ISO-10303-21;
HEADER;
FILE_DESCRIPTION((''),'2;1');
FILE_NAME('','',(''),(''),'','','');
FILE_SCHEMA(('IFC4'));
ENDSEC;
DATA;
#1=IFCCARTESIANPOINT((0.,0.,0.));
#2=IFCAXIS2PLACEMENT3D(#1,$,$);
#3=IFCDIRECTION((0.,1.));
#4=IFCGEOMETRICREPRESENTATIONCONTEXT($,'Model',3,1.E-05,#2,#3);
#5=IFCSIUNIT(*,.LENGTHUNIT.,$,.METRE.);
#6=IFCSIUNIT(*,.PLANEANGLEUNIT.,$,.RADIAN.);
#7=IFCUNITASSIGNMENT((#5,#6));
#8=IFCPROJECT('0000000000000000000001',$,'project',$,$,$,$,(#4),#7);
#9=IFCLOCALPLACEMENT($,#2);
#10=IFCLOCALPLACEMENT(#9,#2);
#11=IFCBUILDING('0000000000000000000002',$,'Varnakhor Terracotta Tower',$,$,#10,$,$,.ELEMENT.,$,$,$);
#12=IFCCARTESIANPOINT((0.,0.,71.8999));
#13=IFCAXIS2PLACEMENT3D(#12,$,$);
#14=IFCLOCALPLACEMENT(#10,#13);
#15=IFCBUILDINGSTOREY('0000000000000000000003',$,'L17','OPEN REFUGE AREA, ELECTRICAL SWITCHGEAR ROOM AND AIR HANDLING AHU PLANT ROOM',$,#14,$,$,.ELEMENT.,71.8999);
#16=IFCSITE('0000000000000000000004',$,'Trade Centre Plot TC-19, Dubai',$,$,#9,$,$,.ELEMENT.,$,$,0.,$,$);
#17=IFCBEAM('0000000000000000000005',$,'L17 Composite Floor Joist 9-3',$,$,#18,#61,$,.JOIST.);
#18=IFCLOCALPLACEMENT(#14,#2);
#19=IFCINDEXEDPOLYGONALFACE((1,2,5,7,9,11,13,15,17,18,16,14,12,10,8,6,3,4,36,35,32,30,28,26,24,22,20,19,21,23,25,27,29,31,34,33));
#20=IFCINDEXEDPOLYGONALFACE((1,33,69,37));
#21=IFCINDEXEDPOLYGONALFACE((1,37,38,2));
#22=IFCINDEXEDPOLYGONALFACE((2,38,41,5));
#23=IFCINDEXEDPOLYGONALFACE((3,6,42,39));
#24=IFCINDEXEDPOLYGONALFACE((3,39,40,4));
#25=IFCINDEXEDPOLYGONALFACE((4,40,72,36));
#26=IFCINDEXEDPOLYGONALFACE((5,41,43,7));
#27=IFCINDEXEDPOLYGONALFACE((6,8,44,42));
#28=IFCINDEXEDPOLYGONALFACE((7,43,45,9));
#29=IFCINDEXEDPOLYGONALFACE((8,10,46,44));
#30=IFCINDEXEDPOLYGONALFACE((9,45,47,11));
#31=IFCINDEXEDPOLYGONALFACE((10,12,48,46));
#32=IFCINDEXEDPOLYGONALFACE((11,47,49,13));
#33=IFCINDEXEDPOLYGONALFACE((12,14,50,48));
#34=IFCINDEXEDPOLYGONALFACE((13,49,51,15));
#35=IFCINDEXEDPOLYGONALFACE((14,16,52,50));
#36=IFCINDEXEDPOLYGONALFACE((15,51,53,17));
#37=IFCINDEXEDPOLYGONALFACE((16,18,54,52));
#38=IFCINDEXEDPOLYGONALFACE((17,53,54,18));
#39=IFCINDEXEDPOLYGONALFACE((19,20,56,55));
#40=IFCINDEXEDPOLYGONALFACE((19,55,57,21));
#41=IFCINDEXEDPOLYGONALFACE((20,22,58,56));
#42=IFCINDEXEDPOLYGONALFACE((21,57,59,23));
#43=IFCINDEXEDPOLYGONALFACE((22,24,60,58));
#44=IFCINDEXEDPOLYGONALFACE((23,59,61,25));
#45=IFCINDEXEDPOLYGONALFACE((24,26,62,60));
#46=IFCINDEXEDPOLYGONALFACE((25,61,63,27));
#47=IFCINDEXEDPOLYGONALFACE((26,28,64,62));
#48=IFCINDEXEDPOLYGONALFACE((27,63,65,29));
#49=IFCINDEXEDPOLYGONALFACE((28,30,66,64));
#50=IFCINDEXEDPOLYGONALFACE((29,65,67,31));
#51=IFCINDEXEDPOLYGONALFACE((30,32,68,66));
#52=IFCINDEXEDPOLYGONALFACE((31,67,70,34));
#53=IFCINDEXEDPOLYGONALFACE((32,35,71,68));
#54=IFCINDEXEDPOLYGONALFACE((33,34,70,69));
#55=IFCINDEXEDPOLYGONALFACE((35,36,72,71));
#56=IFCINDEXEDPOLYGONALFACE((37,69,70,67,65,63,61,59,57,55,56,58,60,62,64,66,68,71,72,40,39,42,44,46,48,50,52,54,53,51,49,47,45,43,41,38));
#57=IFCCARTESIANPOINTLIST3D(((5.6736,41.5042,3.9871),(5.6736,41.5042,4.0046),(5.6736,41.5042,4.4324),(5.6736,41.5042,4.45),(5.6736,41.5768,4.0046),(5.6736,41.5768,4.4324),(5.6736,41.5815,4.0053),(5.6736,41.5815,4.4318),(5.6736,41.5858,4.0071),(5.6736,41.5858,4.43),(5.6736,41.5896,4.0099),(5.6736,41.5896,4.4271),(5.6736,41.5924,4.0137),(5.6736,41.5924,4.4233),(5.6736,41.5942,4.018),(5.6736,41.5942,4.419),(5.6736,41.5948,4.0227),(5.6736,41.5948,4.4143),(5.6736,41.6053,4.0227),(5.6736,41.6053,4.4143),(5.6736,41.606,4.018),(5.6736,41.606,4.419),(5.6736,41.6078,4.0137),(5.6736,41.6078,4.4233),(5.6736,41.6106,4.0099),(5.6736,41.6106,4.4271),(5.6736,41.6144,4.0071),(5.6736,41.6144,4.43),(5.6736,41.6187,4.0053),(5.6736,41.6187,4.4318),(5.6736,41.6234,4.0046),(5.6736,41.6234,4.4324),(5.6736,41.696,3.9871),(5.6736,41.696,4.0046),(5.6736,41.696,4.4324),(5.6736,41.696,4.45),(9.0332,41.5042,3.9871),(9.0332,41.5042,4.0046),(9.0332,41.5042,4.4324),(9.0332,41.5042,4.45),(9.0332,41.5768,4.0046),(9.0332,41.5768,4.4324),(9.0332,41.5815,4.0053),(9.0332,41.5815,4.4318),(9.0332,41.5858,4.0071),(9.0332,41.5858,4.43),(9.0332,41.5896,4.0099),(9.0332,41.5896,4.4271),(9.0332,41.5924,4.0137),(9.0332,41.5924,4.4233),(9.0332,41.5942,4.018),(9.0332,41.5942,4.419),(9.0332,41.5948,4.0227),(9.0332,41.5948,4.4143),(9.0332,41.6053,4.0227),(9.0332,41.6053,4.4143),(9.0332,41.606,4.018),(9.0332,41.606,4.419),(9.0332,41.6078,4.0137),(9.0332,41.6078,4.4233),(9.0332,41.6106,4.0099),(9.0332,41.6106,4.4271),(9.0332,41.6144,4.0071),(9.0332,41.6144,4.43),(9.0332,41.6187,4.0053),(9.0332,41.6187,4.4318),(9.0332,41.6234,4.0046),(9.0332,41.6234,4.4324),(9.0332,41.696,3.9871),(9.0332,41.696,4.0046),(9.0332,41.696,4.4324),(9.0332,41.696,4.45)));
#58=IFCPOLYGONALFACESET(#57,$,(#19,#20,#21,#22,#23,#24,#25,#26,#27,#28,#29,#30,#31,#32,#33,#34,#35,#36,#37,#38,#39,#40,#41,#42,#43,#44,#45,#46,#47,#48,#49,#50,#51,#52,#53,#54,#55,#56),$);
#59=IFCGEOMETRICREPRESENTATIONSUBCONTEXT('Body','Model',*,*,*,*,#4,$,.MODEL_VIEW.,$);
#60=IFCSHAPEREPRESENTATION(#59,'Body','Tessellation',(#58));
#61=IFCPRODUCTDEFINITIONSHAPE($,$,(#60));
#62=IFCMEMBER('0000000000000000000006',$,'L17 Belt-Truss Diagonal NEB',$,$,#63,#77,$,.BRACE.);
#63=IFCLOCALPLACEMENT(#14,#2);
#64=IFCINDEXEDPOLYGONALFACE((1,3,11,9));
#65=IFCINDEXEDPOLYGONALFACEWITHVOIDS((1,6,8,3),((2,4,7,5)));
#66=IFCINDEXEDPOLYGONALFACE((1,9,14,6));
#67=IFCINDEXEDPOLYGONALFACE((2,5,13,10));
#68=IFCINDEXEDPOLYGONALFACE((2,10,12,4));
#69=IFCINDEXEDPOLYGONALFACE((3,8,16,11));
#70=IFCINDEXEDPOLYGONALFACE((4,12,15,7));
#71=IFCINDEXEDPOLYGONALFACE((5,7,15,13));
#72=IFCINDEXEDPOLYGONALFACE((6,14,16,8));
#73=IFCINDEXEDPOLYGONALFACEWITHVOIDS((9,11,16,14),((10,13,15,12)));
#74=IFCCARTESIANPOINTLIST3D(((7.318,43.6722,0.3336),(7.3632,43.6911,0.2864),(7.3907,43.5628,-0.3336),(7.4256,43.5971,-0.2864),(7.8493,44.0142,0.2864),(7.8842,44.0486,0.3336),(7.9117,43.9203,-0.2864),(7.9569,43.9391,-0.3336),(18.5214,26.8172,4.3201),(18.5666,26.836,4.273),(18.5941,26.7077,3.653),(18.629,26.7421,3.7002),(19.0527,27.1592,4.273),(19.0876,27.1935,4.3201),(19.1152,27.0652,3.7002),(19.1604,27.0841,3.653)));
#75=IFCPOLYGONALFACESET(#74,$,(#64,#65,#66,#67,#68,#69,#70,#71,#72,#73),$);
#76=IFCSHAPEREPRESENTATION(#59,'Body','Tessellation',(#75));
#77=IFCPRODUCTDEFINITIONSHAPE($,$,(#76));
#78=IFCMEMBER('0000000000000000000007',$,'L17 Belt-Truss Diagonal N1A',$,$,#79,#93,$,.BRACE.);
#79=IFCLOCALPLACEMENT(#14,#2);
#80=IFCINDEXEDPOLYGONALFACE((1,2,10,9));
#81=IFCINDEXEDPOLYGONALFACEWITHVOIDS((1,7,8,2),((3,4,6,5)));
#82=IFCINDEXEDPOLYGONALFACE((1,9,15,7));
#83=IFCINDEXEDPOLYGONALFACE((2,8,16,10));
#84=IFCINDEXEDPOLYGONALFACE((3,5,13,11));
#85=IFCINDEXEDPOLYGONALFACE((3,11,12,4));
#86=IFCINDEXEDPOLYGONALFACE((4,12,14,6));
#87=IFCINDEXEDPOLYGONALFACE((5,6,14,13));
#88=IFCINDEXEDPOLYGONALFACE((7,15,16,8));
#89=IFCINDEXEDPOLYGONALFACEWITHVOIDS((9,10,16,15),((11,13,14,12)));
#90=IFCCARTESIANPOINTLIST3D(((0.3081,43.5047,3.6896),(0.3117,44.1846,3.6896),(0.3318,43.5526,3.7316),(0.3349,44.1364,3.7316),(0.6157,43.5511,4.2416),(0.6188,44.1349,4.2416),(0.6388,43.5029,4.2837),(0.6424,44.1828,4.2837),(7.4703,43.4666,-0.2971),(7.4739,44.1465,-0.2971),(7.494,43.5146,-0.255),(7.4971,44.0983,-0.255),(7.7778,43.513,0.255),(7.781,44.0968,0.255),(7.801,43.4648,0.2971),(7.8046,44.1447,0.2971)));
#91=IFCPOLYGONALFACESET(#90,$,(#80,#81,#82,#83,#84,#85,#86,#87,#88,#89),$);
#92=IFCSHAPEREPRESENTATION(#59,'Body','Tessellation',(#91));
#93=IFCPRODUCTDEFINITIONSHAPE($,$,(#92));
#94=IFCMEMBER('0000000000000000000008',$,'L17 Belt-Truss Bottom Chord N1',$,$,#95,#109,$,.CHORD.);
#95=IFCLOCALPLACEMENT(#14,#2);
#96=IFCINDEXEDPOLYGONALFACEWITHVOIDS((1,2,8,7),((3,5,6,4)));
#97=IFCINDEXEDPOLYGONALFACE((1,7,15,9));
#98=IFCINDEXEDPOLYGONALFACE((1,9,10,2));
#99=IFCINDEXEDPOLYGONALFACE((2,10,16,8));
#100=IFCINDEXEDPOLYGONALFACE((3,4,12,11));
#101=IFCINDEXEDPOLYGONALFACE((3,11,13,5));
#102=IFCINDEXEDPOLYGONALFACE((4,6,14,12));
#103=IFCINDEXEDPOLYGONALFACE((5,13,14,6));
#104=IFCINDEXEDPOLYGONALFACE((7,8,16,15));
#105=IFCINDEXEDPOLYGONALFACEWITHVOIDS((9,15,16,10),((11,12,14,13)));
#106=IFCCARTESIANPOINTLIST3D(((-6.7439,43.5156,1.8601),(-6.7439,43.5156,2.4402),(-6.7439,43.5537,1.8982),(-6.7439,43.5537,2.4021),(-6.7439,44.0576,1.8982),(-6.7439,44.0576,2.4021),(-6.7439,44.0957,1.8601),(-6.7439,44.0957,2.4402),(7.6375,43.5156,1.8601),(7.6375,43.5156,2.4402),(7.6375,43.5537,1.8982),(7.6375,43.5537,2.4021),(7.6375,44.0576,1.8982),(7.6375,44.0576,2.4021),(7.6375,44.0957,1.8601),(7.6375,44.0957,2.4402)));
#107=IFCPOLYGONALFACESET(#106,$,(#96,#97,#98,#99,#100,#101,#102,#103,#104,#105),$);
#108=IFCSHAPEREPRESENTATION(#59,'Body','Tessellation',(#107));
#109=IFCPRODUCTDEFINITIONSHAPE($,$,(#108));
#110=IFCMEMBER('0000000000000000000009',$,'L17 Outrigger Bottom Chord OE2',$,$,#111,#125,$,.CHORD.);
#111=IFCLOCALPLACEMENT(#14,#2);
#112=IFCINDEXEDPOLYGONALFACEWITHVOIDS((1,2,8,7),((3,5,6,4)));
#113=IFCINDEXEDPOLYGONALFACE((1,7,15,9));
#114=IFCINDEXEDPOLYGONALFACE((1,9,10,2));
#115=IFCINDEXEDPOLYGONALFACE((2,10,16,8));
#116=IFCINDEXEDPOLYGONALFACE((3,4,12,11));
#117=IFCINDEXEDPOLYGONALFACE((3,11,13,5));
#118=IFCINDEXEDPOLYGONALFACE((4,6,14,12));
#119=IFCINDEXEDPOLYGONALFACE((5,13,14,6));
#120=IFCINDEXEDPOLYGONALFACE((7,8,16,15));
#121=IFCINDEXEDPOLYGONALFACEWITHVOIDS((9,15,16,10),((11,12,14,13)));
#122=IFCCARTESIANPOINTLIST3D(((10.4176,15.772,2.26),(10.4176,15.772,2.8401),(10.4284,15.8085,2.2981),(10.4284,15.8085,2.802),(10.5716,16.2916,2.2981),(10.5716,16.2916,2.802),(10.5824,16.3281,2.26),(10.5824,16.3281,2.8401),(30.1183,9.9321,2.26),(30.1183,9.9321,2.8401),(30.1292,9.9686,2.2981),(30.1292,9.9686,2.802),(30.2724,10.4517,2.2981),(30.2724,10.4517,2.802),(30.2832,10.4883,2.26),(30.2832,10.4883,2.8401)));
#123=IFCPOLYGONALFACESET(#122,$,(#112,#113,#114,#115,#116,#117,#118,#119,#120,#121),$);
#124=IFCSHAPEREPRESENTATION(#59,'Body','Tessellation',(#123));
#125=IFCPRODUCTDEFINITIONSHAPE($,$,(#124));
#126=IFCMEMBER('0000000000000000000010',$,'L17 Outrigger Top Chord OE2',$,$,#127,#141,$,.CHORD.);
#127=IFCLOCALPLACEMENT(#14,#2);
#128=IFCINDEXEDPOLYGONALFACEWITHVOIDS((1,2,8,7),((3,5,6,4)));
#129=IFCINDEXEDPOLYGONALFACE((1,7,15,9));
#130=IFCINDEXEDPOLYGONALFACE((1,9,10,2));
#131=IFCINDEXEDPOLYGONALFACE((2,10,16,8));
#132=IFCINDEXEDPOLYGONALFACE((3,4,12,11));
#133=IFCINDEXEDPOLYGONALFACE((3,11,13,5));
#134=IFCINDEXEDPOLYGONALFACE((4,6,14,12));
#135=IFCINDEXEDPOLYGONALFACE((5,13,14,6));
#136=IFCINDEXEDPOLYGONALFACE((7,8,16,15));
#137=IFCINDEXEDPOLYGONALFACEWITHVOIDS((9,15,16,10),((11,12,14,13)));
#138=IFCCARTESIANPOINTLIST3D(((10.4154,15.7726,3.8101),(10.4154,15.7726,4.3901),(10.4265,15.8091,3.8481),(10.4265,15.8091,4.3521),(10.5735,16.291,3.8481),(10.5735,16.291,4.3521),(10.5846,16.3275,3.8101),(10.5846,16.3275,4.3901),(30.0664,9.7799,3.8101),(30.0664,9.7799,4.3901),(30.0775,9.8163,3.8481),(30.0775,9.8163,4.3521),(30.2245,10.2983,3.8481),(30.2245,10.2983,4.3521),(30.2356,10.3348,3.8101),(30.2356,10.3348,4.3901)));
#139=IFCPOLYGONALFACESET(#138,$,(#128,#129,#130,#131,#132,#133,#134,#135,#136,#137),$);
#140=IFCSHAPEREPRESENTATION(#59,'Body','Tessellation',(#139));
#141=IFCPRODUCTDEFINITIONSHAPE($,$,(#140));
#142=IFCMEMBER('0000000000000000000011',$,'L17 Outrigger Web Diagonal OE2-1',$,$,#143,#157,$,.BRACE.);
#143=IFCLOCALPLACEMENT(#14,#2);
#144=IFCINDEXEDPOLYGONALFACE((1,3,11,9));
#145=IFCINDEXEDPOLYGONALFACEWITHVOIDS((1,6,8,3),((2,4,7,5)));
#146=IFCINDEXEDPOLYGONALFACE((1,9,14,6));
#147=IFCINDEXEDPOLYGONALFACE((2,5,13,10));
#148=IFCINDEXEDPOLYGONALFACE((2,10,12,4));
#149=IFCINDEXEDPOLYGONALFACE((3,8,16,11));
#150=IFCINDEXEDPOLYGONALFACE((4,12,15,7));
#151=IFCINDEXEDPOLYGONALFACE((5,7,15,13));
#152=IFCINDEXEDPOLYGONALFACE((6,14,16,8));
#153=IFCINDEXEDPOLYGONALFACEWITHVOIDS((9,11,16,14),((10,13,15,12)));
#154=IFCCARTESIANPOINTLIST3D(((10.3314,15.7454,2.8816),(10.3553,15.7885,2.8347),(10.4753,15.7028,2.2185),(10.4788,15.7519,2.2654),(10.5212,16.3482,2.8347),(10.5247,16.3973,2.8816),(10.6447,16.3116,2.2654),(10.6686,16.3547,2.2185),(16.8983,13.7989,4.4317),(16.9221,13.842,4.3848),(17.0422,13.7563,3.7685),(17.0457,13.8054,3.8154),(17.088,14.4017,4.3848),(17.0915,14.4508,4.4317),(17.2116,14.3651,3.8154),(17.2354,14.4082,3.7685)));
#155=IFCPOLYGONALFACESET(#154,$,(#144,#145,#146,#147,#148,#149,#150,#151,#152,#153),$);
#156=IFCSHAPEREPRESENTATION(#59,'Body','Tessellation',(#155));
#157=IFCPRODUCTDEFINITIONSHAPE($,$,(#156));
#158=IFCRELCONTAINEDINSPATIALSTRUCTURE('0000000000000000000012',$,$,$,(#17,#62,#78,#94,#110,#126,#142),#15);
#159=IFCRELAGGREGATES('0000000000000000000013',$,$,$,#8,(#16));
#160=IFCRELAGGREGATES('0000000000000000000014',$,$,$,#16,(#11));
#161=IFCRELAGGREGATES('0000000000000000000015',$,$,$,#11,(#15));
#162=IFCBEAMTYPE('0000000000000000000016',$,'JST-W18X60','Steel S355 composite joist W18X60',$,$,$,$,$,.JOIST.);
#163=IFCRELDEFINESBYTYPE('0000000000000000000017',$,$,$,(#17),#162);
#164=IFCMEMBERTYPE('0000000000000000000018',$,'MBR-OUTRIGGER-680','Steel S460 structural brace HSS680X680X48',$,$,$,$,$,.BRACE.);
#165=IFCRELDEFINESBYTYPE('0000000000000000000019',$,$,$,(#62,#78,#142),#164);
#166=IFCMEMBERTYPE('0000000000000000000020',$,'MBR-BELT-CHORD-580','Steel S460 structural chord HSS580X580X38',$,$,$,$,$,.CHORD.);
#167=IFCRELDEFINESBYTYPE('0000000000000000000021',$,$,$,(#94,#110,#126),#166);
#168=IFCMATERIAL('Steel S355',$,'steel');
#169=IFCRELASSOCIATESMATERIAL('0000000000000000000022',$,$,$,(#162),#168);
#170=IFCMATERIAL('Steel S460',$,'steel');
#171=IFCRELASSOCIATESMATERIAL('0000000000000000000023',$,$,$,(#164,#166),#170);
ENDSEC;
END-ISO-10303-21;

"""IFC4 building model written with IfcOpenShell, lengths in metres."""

from ifc_helpers import new_model, si_unit, direction, frame, origin, origin_2d, place, context, subcontext, project, spatial, hollow_rectangle, i_section, extrude, source, transform, mapped, material, material_profile, profile_set, type_object, element, save


model = new_model("IFC4")

# Units and contexts
model_context = context("Model", 3, precision=1e-05, world=origin(), true_north=direction((0.0, 1.0)))
body_context = subcontext(model_context, "Body", "Model", "MODEL_VIEW")
ifc_project = project(units=[si_unit("LENGTHUNIT", "METRE"), si_unit("PLANEANGLEUNIT", "RADIAN")], contexts=[model_context])

# Site, building, storey
site_placement = place(None, origin())
site = spatial("IfcSite", under=ifc_project, at=site_placement, Name="Trade Centre Plot TC-19, Dubai", CompositionType="ELEMENT", RefElevation=0.0)
building_placement = place(site_placement, origin())
building = spatial("IfcBuilding", under=site, at=building_placement, Name="Varnakhor Terracotta Tower", CompositionType="ELEMENT")
storey_placement = place(building_placement, frame((0.0, 0.0, 71.8999)))
storey = spatial("IfcBuildingStorey", under=building, at=storey_placement, Name="L17", Description="OPEN REFUGE AREA, ELECTRICAL SWITCHGEAR ROOM AND AIR HANDLING AHU PLANT ROOM", CompositionType="ELEMENT", Elevation=71.8999)

# Shared definitions
ifc_material_1 = material(Name="Steel S460", Category="steel")

# Beam
ifc_material_2 = material(Name="Steel S355", Category="steel")
ifc_material_profile_1 = material_profile(ifc_material_2, i_section(OverallWidth=0.1919, OverallDepth=0.4629, WebThickness=0.0105, FlangeThickness=0.0176, FilletRadius=0.0181, at=origin_2d()), Name="W18X60")
ifc_profile_set_1 = profile_set([ifc_material_profile_1], Name="Steel S355")
beam_type_1 = type_object("IfcBeamType", Name="JST-W18X60", Description="Steel S355 composite joist W18X60", PredefinedType="JOIST", material=ifc_profile_set_1)
shared_shape_1 = source(origin(), body_context, "Body", "SweptSolid", [
    extrude(i_section(OverallWidth=0.1919, OverallDepth=0.4629, WebThickness=0.0105, FlangeThickness=0.0176, FilletRadius=0.0181, at=origin_2d()), origin(), (0.0, 0.0, 1.0), 3.3596),
])
beam_1_placement = place(storey_placement, frame((5.6736, 41.6001, 4.2185), z_axis=(1.0, 0.0, 0.0), x_axis=(0.0, 1.0, 0.0)))
element("IfcBeam", 1, at=beam_1_placement, inside=storey, type_object=beam_type_1, Name="L17 Composite Floor Joist 9-3", PredefinedType="JOIST", context=body_context, shape_type="MappedRepresentation", body=[
    mapped(shared_shape_1, transform((0.0, 0.0, 0.0), scale=1.0)),
])

# Members
ifc_material_profile_2 = material_profile(ifc_material_1, hollow_rectangle(XDim=0.6799, YDim=0.6799, WallThickness=0.0481, at=origin_2d()), Name="HSS680X680X48")
ifc_profile_set_2 = profile_set([ifc_material_profile_2], Name="Steel S460")
member_type_1 = type_object("IfcMemberType", Name="MBR-OUTRIGGER-680", Description="Steel S460 structural brace HSS680X680X48", PredefinedType="BRACE", material=ifc_profile_set_2)
shared_shape_2 = source(origin(), body_context, "Body", "SweptSolid", [
    extrude(hollow_rectangle(XDim=0.6799, YDim=0.6799, WallThickness=0.0481, at=origin_2d()), origin(), (0.0, 0.0, 1.0), 20.6277),
])
member_1_placement = place(storey_placement, frame((7.6375, 43.8057, 0.0), z_axis=(0.543125, -0.817107, 0.193264), x_axis=(0.832809, 0.553561, 0.0)))
element("IfcMember", 2, at=member_1_placement, inside=storey, type_object=member_type_1, Name="L17 Belt-Truss Diagonal NEB", PredefinedType="BRACE", context=body_context, shape_type="MappedRepresentation", body=[
    mapped(shared_shape_2, transform((0.0, 0.0, 0.0), scale=1.0)),
])
shared_shape_3 = source(origin(), body_context, "Body", "SweptSolid", [
    extrude(hollow_rectangle(XDim=0.6799, YDim=0.6799, WallThickness=0.0481, at=origin_2d()), origin(), (0.0, 0.0, 1.0), 8.197),
])
member_2_placement = place(storey_placement, frame((7.6375, 43.8057, 0.0), z_axis=(-0.873753, 0.004646, 0.486348), x_axis=(-0.005318, -0.999986, 0.0)))
element("IfcMember", 3, at=member_2_placement, inside=storey, type_object=member_type_1, Name="L17 Belt-Truss Diagonal N1A", PredefinedType="BRACE", context=body_context, shape_type="MappedRepresentation", body=[
    mapped(shared_shape_3, transform((0.0, 0.0, 0.0), scale=1.0)),
])
ifc_material_profile_3 = material_profile(ifc_material_1, hollow_rectangle(XDim=0.5801, YDim=0.5801, WallThickness=0.0381, at=origin_2d()), Name="HSS580X580X38")
ifc_profile_set_3 = profile_set([ifc_material_profile_3], Name="Steel S460")
member_type_2 = type_object("IfcMemberType", Name="MBR-BELT-CHORD-580", Description="Steel S460 structural chord HSS580X580X38", PredefinedType="CHORD", material=ifc_profile_set_3)
shared_shape_4 = source(origin(), body_context, "Body", "SweptSolid", [
    extrude(hollow_rectangle(XDim=0.5801, YDim=0.5801, WallThickness=0.0381, at=origin_2d()), origin(), (0.0, 0.0, 1.0), 14.3813),
])
member_3_placement = place(storey_placement, frame((7.6375, 43.8057, 2.1501), z_axis=(-1.0, 0.0, 0.0), x_axis=(0.0, -1.0, 0.0)))
element("IfcMember", 4, at=member_3_placement, inside=storey, type_object=member_type_2, Name="L17 Belt-Truss Bottom Chord N1", PredefinedType="CHORD", context=body_context, shape_type="MappedRepresentation", body=[
    mapped(shared_shape_4, transform((0.0, 0.0, 0.0), scale=1.0)),
])
shared_shape_5 = source(origin(), body_context, "Body", "SweptSolid", [
    extrude(hollow_rectangle(XDim=0.5801, YDim=0.5801, WallThickness=0.0381, at=origin_2d()), origin(), (0.0, 0.0, 1.0), 20.5481),
])
member_4_placement = place(storey_placement, frame((10.5, 16.05, 2.55), z_axis=(0.958764, -0.284205, 0.0), x_axis=(0.284205, 0.958764, 0.0)))
element("IfcMember", 5, at=member_4_placement, inside=storey, type_object=member_type_2, Name="L17 Outrigger Bottom Chord OE2", PredefinedType="CHORD", context=body_context, shape_type="MappedRepresentation", body=[
    mapped(shared_shape_5, transform((0.0, 0.0, 0.0), scale=1.0)),
])
shared_shape_6 = source(origin(), body_context, "Body", "SweptSolid", [
    extrude(hollow_rectangle(XDim=0.5801, YDim=0.5801, WallThickness=0.0381, at=origin_2d()), origin(), (0.0, 0.0, 1.0), 20.5444),
])
member_5_placement = place(storey_placement, frame((10.5, 16.05, 4.1001), z_axis=(0.956511, -0.291695, 0.0), x_axis=(0.291695, 0.956511, 0.0)))
element("IfcMember", 6, at=member_5_placement, inside=storey, type_object=member_type_2, Name="L17 Outrigger Top Chord OE2", PredefinedType="CHORD", context=body_context, shape_type="MappedRepresentation", body=[
    mapped(shared_shape_6, transform((0.0, 0.0, 0.0), scale=1.0)),
])
shared_shape_7 = source(origin(), body_context, "Body", "SweptSolid", [
    extrude(hollow_rectangle(XDim=0.6799, YDim=0.6799, WallThickness=0.0481, at=origin_2d()), origin(), (0.0, 0.0, 1.0), 7.0225),
])
member_6_placement = place(storey_placement, frame((10.5, 16.05, 2.55), z_axis=(0.93512, -0.277185, 0.220726), x_axis=(0.284194, 0.958767, 0.0)))
element("IfcMember", 7, at=member_6_placement, inside=storey, type_object=member_type_1, Name="L17 Outrigger Web Diagonal OE2-1", PredefinedType="BRACE", context=body_context, shape_type="MappedRepresentation", body=[
    mapped(shared_shape_7, transform((0.0, 0.0, 0.0), scale=1.0)),
])

save(model, "model.ifc")
